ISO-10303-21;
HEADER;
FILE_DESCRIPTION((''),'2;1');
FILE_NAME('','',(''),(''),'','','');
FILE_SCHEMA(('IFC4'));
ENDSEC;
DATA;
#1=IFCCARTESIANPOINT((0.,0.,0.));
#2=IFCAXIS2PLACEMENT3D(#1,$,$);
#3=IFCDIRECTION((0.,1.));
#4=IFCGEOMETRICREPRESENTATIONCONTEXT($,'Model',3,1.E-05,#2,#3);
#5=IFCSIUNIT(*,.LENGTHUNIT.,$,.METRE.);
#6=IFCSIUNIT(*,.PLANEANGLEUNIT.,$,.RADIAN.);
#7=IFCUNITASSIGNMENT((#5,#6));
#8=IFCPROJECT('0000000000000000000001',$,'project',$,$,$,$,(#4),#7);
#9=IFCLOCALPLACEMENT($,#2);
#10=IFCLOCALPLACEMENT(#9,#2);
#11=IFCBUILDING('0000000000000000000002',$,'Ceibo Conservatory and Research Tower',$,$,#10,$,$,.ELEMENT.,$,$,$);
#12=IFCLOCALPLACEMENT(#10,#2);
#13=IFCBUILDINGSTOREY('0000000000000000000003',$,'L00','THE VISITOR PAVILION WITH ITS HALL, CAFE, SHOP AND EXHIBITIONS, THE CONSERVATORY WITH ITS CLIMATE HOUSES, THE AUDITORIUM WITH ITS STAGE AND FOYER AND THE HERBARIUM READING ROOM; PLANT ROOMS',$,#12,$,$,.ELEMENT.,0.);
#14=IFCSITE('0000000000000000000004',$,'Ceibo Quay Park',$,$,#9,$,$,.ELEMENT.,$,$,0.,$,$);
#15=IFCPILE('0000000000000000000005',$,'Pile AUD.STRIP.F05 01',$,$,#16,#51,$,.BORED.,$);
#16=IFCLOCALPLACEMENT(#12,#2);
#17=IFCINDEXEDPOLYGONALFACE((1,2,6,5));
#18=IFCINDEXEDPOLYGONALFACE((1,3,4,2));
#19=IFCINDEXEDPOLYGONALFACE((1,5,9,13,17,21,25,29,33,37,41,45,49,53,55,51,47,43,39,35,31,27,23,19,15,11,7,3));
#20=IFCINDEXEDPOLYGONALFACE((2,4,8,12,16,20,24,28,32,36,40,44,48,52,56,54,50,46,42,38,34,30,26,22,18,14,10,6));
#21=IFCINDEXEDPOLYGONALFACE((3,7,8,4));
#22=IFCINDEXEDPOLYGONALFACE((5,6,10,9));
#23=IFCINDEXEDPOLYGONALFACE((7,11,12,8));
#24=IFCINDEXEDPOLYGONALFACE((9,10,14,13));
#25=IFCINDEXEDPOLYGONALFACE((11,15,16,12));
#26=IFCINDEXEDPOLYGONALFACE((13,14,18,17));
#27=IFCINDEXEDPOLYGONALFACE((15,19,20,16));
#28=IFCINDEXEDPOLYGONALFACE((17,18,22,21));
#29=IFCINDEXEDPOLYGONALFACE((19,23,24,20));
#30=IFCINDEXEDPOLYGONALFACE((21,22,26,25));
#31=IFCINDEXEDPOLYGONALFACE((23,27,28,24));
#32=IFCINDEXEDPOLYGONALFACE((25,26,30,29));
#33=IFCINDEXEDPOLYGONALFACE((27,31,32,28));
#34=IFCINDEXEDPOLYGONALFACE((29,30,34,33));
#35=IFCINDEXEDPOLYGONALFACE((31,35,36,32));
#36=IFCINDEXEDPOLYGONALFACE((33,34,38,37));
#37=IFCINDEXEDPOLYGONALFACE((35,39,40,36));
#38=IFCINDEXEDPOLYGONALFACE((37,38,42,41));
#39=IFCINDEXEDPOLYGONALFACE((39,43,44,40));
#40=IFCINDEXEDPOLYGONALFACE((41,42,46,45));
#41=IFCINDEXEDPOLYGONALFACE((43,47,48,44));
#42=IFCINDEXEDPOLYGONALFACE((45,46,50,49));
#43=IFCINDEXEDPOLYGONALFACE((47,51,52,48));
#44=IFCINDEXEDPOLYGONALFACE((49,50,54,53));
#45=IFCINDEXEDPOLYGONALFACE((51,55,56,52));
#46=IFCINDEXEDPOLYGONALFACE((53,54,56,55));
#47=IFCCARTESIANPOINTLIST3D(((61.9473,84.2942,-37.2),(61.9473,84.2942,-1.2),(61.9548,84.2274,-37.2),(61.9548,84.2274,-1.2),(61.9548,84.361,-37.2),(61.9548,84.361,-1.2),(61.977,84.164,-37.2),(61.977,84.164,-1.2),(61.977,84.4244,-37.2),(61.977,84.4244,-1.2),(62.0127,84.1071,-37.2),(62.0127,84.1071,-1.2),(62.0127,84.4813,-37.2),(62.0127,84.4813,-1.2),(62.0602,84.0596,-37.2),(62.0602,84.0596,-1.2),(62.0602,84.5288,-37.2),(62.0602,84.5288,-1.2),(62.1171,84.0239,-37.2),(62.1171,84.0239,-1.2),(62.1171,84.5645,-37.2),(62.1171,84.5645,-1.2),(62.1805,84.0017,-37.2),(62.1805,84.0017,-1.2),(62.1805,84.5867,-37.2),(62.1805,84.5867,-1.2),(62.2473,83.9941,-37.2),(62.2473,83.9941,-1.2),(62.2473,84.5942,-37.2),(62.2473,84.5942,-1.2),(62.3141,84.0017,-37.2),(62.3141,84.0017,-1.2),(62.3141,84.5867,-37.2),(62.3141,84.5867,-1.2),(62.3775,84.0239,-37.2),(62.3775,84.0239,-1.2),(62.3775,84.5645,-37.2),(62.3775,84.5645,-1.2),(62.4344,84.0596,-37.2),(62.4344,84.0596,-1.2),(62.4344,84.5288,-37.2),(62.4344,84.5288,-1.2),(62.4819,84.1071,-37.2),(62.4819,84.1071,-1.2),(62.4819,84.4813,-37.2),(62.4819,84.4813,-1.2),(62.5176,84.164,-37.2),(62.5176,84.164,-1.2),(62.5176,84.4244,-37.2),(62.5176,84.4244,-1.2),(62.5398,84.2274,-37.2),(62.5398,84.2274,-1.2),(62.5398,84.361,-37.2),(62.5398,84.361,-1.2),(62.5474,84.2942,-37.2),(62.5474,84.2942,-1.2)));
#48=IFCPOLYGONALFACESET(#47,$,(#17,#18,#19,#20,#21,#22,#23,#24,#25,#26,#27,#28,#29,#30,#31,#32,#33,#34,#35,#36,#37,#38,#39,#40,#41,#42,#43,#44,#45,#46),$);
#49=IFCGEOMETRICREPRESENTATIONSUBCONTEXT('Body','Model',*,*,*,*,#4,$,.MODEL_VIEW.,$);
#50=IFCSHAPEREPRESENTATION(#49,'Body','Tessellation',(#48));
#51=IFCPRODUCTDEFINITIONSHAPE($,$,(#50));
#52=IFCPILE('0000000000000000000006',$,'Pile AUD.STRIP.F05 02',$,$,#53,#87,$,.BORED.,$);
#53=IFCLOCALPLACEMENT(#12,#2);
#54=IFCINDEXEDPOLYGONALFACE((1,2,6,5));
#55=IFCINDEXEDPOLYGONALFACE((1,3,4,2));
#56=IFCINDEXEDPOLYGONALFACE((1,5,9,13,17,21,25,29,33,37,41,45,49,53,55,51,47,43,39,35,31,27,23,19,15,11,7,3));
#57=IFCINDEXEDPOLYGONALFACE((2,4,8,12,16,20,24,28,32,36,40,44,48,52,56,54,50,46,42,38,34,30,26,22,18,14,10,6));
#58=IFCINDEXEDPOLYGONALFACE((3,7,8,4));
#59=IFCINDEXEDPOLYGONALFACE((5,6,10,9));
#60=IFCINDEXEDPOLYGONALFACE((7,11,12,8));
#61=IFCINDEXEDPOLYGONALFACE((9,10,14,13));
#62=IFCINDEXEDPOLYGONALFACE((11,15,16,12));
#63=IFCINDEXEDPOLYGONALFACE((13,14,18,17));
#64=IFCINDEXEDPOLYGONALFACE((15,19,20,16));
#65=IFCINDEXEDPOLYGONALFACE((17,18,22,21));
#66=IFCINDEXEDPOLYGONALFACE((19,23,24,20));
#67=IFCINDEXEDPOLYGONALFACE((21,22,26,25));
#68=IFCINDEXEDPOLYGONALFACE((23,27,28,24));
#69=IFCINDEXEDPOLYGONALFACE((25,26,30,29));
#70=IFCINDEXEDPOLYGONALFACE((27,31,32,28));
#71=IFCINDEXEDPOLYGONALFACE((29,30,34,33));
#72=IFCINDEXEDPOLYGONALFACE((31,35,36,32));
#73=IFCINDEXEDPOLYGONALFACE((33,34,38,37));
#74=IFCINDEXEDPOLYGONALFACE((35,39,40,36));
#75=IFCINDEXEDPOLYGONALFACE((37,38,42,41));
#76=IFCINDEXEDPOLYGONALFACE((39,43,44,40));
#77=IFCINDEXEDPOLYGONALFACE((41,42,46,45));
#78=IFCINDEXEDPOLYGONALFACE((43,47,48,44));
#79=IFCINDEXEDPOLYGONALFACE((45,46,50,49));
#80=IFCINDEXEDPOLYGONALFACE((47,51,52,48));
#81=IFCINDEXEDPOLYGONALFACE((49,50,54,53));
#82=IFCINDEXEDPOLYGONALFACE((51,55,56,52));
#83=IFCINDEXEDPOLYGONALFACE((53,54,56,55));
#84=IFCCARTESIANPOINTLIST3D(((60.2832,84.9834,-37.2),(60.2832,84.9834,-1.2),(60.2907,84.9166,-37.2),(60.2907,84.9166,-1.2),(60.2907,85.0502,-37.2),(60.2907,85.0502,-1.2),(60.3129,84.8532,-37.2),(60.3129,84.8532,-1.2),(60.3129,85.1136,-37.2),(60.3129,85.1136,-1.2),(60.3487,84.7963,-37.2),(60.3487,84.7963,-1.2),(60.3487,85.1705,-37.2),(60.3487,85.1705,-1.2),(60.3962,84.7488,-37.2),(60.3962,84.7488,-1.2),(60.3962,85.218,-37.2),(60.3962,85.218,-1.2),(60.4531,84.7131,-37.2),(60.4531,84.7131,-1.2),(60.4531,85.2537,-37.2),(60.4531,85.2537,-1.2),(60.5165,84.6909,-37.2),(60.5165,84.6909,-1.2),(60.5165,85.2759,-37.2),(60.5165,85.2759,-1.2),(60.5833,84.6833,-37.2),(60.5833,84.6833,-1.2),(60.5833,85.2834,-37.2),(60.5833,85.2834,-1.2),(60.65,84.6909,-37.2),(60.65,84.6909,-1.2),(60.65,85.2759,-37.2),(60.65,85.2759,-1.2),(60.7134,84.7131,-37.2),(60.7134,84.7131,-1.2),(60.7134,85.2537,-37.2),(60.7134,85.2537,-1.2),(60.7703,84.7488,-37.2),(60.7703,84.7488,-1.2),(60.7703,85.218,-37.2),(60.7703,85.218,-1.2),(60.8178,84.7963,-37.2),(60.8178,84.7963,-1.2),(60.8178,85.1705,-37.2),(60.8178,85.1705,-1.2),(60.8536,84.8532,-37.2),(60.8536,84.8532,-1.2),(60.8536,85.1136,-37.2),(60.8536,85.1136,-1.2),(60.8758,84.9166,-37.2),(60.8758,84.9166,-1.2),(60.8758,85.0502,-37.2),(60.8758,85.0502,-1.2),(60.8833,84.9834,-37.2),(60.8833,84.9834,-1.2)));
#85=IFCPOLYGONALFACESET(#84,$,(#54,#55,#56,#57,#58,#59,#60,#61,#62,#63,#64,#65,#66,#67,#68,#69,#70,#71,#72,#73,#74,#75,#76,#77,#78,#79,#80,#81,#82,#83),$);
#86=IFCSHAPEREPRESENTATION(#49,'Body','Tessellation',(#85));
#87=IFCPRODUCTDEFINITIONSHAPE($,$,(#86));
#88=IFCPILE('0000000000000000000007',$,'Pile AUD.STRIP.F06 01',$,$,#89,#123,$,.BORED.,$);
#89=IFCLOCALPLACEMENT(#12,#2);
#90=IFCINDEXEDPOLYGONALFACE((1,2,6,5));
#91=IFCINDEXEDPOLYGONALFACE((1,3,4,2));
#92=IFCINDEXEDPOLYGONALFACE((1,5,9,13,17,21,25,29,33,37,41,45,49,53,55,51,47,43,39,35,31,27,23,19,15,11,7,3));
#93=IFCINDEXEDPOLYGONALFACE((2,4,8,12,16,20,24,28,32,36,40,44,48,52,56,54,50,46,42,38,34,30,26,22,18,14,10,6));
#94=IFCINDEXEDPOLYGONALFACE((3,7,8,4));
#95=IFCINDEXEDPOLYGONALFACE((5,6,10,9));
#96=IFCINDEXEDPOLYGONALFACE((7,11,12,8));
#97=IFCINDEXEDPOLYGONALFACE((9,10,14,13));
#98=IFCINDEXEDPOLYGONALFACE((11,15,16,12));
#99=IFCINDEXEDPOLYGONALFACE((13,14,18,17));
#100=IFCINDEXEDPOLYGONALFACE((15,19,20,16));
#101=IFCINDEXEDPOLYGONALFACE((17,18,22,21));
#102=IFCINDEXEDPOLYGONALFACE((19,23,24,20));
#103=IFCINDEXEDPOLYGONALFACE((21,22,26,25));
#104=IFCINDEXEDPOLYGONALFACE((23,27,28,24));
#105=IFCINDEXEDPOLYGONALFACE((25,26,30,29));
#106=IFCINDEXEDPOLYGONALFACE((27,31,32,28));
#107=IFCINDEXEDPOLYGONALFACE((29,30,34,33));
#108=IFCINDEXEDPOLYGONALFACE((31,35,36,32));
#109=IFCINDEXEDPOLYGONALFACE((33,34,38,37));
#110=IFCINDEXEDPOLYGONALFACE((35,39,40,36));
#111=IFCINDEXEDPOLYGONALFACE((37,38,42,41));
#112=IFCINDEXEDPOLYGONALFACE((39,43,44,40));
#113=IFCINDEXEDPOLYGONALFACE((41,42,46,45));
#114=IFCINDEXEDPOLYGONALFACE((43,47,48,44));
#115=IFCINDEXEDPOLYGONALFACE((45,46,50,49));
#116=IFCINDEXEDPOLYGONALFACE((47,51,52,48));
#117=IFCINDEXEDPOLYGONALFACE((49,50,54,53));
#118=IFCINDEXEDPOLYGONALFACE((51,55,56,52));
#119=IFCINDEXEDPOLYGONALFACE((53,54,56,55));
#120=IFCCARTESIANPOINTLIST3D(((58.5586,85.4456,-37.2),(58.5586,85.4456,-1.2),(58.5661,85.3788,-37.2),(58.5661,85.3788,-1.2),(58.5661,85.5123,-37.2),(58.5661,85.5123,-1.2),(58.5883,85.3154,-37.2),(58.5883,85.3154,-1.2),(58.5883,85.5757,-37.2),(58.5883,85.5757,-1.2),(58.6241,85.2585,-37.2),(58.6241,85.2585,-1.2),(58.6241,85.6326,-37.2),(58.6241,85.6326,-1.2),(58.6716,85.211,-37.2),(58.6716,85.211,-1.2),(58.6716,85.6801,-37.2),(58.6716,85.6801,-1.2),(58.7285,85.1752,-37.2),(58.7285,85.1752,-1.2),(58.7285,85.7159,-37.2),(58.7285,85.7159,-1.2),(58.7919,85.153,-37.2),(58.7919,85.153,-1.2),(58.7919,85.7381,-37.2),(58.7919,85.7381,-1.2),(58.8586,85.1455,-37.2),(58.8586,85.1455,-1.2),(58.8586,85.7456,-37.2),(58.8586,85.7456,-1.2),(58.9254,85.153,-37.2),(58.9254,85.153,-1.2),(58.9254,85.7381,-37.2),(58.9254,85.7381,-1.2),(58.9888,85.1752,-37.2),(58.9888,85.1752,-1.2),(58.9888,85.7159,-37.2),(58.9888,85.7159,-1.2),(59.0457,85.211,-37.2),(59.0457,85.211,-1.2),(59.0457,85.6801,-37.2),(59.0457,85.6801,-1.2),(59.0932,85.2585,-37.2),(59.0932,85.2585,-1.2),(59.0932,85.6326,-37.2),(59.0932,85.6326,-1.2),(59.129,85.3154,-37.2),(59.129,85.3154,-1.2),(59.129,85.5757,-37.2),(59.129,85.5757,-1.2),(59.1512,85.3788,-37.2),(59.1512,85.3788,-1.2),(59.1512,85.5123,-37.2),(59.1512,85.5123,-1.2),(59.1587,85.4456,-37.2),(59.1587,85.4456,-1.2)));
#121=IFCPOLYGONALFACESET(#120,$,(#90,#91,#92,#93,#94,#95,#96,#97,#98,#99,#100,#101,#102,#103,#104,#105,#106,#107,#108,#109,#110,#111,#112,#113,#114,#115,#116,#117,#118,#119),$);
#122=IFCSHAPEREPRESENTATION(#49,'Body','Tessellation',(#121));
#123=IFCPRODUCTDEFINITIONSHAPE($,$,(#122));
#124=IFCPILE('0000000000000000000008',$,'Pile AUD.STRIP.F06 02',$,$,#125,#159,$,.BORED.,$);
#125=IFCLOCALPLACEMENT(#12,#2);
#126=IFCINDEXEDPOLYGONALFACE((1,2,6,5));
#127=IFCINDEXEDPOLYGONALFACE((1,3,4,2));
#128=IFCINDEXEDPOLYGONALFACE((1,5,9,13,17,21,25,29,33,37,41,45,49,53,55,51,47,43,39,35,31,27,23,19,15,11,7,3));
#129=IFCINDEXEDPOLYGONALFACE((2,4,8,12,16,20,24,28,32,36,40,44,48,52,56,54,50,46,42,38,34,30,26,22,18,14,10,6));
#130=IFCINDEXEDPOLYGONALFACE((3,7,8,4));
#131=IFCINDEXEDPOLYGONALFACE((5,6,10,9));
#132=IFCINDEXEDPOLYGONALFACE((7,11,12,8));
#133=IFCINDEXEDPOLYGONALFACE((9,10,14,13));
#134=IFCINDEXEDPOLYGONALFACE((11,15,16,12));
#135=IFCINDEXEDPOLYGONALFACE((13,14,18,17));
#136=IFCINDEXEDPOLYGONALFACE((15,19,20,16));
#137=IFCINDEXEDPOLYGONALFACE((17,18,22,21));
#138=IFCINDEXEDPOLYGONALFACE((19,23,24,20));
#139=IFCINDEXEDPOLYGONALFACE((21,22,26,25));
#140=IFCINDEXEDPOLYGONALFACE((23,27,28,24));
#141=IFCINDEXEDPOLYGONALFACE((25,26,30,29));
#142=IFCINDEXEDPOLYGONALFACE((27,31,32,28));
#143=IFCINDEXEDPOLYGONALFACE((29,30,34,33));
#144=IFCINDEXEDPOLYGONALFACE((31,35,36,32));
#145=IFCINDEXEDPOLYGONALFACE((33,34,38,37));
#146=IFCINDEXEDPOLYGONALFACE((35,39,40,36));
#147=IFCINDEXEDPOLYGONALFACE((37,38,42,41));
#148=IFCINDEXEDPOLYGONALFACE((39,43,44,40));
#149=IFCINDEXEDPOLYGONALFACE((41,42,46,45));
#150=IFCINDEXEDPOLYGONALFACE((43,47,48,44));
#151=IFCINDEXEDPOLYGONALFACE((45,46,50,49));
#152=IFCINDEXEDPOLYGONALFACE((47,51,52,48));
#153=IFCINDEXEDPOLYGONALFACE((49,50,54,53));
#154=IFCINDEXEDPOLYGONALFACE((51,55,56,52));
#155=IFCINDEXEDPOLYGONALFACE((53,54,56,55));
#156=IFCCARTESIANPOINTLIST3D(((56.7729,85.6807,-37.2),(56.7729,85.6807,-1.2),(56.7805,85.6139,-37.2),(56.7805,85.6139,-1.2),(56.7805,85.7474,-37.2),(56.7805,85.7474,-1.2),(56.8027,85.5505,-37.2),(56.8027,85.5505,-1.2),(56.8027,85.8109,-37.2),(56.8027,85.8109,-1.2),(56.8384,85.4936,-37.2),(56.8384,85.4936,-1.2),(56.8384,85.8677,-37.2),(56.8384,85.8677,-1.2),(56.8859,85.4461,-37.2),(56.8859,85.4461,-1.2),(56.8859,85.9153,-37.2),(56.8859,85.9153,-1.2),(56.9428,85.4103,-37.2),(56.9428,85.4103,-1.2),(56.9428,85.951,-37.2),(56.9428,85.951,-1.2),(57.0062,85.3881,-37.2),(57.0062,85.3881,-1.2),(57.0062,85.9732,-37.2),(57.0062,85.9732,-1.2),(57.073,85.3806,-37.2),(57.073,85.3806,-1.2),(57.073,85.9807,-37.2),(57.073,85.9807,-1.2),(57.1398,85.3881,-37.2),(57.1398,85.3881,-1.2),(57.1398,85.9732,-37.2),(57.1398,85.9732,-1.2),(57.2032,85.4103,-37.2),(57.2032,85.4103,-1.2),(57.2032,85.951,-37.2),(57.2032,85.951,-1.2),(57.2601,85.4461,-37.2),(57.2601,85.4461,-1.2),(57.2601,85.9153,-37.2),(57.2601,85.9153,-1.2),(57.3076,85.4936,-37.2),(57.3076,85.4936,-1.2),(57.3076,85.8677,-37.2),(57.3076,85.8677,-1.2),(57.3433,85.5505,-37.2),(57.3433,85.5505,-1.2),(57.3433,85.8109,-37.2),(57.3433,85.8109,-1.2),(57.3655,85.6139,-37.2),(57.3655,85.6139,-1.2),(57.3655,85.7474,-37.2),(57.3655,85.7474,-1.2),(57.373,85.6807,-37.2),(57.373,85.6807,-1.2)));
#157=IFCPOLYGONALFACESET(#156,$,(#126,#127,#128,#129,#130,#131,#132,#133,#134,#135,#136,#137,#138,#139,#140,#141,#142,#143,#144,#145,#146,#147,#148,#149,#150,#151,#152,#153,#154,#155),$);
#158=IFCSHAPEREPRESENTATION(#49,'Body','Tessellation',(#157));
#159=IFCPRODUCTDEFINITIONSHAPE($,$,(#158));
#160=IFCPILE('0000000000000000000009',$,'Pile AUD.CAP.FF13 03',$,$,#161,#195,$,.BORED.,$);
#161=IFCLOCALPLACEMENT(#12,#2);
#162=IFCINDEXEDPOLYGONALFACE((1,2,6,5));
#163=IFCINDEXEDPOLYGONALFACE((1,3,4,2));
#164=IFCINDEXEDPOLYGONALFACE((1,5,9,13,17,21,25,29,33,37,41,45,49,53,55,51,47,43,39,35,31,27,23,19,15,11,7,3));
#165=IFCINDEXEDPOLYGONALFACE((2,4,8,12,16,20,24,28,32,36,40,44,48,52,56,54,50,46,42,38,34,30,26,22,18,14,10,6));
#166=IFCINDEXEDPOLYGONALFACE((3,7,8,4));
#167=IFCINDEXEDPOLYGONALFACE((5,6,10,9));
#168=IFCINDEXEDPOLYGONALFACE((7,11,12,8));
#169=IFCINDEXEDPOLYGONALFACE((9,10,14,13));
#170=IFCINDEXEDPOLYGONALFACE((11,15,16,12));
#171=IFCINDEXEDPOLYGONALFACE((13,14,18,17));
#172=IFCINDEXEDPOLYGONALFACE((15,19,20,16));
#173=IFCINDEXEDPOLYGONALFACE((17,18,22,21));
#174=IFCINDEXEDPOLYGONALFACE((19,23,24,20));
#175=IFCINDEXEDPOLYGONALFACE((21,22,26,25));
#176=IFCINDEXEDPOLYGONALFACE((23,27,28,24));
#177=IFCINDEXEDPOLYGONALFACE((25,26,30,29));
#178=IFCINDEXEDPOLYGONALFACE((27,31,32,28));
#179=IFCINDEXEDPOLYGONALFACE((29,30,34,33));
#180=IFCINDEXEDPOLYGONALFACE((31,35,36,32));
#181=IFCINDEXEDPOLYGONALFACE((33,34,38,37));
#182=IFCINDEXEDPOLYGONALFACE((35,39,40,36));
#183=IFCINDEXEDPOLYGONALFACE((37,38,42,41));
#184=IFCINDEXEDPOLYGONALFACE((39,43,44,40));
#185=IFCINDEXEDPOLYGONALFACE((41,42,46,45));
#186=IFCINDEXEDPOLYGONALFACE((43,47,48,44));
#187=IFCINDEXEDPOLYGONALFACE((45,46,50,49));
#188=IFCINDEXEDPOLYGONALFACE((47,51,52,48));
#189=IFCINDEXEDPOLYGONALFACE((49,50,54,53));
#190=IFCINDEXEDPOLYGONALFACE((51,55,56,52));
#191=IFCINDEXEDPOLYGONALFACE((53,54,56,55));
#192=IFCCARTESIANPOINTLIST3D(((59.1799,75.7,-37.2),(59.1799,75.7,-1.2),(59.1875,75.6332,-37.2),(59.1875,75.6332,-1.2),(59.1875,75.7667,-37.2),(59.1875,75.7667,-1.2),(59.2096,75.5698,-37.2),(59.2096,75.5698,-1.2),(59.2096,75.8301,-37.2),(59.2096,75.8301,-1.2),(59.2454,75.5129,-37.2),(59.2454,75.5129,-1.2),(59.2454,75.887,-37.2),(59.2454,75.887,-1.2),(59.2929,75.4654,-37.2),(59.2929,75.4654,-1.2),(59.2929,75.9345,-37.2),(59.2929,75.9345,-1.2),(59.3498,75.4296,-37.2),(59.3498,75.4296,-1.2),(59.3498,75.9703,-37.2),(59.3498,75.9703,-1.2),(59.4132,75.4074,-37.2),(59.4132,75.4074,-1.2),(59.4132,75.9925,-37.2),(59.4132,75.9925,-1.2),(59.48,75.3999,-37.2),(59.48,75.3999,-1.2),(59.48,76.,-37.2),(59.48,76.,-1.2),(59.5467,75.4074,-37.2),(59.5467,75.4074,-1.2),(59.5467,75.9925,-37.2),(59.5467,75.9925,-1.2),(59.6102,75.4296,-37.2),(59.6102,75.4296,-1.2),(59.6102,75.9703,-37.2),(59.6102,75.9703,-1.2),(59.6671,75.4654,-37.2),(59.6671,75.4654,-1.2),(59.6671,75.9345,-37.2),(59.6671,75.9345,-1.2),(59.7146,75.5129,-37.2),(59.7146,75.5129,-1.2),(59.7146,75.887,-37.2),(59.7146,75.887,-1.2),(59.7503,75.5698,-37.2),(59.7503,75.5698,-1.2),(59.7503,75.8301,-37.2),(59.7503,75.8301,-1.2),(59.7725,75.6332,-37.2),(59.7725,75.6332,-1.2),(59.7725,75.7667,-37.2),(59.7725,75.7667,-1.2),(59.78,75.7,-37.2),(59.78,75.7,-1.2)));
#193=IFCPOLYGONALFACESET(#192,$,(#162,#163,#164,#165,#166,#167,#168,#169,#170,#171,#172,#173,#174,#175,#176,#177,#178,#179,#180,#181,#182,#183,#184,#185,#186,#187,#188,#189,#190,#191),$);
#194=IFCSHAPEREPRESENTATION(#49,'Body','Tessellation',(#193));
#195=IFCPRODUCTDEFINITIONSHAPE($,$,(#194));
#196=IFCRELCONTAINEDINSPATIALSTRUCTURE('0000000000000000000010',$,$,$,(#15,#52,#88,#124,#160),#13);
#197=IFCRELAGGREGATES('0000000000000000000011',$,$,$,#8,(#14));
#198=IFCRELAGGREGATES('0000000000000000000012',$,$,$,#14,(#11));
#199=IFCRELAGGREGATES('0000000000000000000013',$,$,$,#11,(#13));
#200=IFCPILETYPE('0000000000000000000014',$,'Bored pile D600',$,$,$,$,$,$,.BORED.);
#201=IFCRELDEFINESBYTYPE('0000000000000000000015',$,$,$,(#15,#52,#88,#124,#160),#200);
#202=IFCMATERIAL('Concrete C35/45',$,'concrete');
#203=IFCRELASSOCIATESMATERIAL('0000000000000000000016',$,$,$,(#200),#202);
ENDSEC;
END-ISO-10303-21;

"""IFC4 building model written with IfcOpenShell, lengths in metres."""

from ifc_helpers import new_model, si_unit, direction, frame, origin, origin_2d, place, context, subcontext, project, spatial, circle, extrude, material, material_profile, profile_set, type_object, element, save


model = new_model("IFC4")

# Units and contexts
model_context = context("Model", 3, precision=1e-05, world=origin(), true_north=direction((0.0, 1.0)))
body_context = subcontext(model_context, "Body", "Model", "MODEL_VIEW")
ifc_project = project(units=[si_unit("LENGTHUNIT", "METRE"), si_unit("PLANEANGLEUNIT", "RADIAN")], contexts=[model_context])

# Site, building, storey
site_placement = place(None, origin())
site = spatial("IfcSite", under=ifc_project, at=site_placement, Name="Ceibo Quay Park", CompositionType="ELEMENT", RefElevation=0.0)
building_placement = place(site_placement, origin())
building = spatial("IfcBuilding", under=site, at=building_placement, Name="Ceibo Conservatory and Research Tower", CompositionType="ELEMENT")
storey_placement = place(building_placement, origin())
storey = spatial("IfcBuildingStorey", under=building, at=storey_placement, Name="L00", Description="THE VISITOR PAVILION WITH ITS HALL, CAFE, SHOP AND EXHIBITIONS, THE CONSERVATORY WITH ITS CLIMATE HOUSES, THE AUDITORIUM WITH ITS STAGE AND FOYER AND THE HERBARIUM READING ROOM; PLANT ROOMS", CompositionType="ELEMENT", Elevation=0.0)

# Piles
ifc_material_1 = material(Name="Concrete C35/45", Category="concrete")
ifc_material_profile_1 = material_profile(ifc_material_1, circle(Radius=0.3, at=origin_2d()), Name="RC D600")
ifc_profile_set_1 = profile_set([ifc_material_profile_1], Name="Concrete C35/45")
pile_type = type_object("IfcPileType", Name="Bored pile D600", PredefinedType="BORED", material=ifc_profile_set_1)
for number, where, z_axis, x_axis, name in (
    (1, (62.2473, 84.2942, -1.2), (0.0, 0.0, -1.0), (1.0, 0.0, 0.0), "Pile AUD.STRIP.F05 01"),
    (2, (60.5833, 84.9834, -1.2), (0.0, 0.0, -1.0), (1.0, 0.0, 0.0), "Pile AUD.STRIP.F05 02"),
    (3, (58.8586, 85.4456, -1.2), (0.0, 0.0, -1.0), (1.0, 0.0, 0.0), "Pile AUD.STRIP.F06 01"),
    (4, (57.073, 85.6807, -1.2), (0.0, 0.0, -1.0), (1.0, 0.0, 0.0), "Pile AUD.STRIP.F06 02"),
    (5, (59.48, 75.7, -1.2), (0.0, 0.0, -1.0), (1.0, 0.0, 0.0), "Pile AUD.CAP.FF13 03"),
):
    element("IfcPile", number, at=place(storey_placement, frame(where, z_axis=z_axis, x_axis=x_axis)), inside=storey, type_object=pile_type, Name=name, PredefinedType="BORED", context=body_context, shape_type="SweptSolid", body=[
        extrude(circle(Radius=0.3, at=origin_2d()), origin(), (0.0, 0.0, 1.0), 36.0),
    ])

save(model, "model.ifc")
